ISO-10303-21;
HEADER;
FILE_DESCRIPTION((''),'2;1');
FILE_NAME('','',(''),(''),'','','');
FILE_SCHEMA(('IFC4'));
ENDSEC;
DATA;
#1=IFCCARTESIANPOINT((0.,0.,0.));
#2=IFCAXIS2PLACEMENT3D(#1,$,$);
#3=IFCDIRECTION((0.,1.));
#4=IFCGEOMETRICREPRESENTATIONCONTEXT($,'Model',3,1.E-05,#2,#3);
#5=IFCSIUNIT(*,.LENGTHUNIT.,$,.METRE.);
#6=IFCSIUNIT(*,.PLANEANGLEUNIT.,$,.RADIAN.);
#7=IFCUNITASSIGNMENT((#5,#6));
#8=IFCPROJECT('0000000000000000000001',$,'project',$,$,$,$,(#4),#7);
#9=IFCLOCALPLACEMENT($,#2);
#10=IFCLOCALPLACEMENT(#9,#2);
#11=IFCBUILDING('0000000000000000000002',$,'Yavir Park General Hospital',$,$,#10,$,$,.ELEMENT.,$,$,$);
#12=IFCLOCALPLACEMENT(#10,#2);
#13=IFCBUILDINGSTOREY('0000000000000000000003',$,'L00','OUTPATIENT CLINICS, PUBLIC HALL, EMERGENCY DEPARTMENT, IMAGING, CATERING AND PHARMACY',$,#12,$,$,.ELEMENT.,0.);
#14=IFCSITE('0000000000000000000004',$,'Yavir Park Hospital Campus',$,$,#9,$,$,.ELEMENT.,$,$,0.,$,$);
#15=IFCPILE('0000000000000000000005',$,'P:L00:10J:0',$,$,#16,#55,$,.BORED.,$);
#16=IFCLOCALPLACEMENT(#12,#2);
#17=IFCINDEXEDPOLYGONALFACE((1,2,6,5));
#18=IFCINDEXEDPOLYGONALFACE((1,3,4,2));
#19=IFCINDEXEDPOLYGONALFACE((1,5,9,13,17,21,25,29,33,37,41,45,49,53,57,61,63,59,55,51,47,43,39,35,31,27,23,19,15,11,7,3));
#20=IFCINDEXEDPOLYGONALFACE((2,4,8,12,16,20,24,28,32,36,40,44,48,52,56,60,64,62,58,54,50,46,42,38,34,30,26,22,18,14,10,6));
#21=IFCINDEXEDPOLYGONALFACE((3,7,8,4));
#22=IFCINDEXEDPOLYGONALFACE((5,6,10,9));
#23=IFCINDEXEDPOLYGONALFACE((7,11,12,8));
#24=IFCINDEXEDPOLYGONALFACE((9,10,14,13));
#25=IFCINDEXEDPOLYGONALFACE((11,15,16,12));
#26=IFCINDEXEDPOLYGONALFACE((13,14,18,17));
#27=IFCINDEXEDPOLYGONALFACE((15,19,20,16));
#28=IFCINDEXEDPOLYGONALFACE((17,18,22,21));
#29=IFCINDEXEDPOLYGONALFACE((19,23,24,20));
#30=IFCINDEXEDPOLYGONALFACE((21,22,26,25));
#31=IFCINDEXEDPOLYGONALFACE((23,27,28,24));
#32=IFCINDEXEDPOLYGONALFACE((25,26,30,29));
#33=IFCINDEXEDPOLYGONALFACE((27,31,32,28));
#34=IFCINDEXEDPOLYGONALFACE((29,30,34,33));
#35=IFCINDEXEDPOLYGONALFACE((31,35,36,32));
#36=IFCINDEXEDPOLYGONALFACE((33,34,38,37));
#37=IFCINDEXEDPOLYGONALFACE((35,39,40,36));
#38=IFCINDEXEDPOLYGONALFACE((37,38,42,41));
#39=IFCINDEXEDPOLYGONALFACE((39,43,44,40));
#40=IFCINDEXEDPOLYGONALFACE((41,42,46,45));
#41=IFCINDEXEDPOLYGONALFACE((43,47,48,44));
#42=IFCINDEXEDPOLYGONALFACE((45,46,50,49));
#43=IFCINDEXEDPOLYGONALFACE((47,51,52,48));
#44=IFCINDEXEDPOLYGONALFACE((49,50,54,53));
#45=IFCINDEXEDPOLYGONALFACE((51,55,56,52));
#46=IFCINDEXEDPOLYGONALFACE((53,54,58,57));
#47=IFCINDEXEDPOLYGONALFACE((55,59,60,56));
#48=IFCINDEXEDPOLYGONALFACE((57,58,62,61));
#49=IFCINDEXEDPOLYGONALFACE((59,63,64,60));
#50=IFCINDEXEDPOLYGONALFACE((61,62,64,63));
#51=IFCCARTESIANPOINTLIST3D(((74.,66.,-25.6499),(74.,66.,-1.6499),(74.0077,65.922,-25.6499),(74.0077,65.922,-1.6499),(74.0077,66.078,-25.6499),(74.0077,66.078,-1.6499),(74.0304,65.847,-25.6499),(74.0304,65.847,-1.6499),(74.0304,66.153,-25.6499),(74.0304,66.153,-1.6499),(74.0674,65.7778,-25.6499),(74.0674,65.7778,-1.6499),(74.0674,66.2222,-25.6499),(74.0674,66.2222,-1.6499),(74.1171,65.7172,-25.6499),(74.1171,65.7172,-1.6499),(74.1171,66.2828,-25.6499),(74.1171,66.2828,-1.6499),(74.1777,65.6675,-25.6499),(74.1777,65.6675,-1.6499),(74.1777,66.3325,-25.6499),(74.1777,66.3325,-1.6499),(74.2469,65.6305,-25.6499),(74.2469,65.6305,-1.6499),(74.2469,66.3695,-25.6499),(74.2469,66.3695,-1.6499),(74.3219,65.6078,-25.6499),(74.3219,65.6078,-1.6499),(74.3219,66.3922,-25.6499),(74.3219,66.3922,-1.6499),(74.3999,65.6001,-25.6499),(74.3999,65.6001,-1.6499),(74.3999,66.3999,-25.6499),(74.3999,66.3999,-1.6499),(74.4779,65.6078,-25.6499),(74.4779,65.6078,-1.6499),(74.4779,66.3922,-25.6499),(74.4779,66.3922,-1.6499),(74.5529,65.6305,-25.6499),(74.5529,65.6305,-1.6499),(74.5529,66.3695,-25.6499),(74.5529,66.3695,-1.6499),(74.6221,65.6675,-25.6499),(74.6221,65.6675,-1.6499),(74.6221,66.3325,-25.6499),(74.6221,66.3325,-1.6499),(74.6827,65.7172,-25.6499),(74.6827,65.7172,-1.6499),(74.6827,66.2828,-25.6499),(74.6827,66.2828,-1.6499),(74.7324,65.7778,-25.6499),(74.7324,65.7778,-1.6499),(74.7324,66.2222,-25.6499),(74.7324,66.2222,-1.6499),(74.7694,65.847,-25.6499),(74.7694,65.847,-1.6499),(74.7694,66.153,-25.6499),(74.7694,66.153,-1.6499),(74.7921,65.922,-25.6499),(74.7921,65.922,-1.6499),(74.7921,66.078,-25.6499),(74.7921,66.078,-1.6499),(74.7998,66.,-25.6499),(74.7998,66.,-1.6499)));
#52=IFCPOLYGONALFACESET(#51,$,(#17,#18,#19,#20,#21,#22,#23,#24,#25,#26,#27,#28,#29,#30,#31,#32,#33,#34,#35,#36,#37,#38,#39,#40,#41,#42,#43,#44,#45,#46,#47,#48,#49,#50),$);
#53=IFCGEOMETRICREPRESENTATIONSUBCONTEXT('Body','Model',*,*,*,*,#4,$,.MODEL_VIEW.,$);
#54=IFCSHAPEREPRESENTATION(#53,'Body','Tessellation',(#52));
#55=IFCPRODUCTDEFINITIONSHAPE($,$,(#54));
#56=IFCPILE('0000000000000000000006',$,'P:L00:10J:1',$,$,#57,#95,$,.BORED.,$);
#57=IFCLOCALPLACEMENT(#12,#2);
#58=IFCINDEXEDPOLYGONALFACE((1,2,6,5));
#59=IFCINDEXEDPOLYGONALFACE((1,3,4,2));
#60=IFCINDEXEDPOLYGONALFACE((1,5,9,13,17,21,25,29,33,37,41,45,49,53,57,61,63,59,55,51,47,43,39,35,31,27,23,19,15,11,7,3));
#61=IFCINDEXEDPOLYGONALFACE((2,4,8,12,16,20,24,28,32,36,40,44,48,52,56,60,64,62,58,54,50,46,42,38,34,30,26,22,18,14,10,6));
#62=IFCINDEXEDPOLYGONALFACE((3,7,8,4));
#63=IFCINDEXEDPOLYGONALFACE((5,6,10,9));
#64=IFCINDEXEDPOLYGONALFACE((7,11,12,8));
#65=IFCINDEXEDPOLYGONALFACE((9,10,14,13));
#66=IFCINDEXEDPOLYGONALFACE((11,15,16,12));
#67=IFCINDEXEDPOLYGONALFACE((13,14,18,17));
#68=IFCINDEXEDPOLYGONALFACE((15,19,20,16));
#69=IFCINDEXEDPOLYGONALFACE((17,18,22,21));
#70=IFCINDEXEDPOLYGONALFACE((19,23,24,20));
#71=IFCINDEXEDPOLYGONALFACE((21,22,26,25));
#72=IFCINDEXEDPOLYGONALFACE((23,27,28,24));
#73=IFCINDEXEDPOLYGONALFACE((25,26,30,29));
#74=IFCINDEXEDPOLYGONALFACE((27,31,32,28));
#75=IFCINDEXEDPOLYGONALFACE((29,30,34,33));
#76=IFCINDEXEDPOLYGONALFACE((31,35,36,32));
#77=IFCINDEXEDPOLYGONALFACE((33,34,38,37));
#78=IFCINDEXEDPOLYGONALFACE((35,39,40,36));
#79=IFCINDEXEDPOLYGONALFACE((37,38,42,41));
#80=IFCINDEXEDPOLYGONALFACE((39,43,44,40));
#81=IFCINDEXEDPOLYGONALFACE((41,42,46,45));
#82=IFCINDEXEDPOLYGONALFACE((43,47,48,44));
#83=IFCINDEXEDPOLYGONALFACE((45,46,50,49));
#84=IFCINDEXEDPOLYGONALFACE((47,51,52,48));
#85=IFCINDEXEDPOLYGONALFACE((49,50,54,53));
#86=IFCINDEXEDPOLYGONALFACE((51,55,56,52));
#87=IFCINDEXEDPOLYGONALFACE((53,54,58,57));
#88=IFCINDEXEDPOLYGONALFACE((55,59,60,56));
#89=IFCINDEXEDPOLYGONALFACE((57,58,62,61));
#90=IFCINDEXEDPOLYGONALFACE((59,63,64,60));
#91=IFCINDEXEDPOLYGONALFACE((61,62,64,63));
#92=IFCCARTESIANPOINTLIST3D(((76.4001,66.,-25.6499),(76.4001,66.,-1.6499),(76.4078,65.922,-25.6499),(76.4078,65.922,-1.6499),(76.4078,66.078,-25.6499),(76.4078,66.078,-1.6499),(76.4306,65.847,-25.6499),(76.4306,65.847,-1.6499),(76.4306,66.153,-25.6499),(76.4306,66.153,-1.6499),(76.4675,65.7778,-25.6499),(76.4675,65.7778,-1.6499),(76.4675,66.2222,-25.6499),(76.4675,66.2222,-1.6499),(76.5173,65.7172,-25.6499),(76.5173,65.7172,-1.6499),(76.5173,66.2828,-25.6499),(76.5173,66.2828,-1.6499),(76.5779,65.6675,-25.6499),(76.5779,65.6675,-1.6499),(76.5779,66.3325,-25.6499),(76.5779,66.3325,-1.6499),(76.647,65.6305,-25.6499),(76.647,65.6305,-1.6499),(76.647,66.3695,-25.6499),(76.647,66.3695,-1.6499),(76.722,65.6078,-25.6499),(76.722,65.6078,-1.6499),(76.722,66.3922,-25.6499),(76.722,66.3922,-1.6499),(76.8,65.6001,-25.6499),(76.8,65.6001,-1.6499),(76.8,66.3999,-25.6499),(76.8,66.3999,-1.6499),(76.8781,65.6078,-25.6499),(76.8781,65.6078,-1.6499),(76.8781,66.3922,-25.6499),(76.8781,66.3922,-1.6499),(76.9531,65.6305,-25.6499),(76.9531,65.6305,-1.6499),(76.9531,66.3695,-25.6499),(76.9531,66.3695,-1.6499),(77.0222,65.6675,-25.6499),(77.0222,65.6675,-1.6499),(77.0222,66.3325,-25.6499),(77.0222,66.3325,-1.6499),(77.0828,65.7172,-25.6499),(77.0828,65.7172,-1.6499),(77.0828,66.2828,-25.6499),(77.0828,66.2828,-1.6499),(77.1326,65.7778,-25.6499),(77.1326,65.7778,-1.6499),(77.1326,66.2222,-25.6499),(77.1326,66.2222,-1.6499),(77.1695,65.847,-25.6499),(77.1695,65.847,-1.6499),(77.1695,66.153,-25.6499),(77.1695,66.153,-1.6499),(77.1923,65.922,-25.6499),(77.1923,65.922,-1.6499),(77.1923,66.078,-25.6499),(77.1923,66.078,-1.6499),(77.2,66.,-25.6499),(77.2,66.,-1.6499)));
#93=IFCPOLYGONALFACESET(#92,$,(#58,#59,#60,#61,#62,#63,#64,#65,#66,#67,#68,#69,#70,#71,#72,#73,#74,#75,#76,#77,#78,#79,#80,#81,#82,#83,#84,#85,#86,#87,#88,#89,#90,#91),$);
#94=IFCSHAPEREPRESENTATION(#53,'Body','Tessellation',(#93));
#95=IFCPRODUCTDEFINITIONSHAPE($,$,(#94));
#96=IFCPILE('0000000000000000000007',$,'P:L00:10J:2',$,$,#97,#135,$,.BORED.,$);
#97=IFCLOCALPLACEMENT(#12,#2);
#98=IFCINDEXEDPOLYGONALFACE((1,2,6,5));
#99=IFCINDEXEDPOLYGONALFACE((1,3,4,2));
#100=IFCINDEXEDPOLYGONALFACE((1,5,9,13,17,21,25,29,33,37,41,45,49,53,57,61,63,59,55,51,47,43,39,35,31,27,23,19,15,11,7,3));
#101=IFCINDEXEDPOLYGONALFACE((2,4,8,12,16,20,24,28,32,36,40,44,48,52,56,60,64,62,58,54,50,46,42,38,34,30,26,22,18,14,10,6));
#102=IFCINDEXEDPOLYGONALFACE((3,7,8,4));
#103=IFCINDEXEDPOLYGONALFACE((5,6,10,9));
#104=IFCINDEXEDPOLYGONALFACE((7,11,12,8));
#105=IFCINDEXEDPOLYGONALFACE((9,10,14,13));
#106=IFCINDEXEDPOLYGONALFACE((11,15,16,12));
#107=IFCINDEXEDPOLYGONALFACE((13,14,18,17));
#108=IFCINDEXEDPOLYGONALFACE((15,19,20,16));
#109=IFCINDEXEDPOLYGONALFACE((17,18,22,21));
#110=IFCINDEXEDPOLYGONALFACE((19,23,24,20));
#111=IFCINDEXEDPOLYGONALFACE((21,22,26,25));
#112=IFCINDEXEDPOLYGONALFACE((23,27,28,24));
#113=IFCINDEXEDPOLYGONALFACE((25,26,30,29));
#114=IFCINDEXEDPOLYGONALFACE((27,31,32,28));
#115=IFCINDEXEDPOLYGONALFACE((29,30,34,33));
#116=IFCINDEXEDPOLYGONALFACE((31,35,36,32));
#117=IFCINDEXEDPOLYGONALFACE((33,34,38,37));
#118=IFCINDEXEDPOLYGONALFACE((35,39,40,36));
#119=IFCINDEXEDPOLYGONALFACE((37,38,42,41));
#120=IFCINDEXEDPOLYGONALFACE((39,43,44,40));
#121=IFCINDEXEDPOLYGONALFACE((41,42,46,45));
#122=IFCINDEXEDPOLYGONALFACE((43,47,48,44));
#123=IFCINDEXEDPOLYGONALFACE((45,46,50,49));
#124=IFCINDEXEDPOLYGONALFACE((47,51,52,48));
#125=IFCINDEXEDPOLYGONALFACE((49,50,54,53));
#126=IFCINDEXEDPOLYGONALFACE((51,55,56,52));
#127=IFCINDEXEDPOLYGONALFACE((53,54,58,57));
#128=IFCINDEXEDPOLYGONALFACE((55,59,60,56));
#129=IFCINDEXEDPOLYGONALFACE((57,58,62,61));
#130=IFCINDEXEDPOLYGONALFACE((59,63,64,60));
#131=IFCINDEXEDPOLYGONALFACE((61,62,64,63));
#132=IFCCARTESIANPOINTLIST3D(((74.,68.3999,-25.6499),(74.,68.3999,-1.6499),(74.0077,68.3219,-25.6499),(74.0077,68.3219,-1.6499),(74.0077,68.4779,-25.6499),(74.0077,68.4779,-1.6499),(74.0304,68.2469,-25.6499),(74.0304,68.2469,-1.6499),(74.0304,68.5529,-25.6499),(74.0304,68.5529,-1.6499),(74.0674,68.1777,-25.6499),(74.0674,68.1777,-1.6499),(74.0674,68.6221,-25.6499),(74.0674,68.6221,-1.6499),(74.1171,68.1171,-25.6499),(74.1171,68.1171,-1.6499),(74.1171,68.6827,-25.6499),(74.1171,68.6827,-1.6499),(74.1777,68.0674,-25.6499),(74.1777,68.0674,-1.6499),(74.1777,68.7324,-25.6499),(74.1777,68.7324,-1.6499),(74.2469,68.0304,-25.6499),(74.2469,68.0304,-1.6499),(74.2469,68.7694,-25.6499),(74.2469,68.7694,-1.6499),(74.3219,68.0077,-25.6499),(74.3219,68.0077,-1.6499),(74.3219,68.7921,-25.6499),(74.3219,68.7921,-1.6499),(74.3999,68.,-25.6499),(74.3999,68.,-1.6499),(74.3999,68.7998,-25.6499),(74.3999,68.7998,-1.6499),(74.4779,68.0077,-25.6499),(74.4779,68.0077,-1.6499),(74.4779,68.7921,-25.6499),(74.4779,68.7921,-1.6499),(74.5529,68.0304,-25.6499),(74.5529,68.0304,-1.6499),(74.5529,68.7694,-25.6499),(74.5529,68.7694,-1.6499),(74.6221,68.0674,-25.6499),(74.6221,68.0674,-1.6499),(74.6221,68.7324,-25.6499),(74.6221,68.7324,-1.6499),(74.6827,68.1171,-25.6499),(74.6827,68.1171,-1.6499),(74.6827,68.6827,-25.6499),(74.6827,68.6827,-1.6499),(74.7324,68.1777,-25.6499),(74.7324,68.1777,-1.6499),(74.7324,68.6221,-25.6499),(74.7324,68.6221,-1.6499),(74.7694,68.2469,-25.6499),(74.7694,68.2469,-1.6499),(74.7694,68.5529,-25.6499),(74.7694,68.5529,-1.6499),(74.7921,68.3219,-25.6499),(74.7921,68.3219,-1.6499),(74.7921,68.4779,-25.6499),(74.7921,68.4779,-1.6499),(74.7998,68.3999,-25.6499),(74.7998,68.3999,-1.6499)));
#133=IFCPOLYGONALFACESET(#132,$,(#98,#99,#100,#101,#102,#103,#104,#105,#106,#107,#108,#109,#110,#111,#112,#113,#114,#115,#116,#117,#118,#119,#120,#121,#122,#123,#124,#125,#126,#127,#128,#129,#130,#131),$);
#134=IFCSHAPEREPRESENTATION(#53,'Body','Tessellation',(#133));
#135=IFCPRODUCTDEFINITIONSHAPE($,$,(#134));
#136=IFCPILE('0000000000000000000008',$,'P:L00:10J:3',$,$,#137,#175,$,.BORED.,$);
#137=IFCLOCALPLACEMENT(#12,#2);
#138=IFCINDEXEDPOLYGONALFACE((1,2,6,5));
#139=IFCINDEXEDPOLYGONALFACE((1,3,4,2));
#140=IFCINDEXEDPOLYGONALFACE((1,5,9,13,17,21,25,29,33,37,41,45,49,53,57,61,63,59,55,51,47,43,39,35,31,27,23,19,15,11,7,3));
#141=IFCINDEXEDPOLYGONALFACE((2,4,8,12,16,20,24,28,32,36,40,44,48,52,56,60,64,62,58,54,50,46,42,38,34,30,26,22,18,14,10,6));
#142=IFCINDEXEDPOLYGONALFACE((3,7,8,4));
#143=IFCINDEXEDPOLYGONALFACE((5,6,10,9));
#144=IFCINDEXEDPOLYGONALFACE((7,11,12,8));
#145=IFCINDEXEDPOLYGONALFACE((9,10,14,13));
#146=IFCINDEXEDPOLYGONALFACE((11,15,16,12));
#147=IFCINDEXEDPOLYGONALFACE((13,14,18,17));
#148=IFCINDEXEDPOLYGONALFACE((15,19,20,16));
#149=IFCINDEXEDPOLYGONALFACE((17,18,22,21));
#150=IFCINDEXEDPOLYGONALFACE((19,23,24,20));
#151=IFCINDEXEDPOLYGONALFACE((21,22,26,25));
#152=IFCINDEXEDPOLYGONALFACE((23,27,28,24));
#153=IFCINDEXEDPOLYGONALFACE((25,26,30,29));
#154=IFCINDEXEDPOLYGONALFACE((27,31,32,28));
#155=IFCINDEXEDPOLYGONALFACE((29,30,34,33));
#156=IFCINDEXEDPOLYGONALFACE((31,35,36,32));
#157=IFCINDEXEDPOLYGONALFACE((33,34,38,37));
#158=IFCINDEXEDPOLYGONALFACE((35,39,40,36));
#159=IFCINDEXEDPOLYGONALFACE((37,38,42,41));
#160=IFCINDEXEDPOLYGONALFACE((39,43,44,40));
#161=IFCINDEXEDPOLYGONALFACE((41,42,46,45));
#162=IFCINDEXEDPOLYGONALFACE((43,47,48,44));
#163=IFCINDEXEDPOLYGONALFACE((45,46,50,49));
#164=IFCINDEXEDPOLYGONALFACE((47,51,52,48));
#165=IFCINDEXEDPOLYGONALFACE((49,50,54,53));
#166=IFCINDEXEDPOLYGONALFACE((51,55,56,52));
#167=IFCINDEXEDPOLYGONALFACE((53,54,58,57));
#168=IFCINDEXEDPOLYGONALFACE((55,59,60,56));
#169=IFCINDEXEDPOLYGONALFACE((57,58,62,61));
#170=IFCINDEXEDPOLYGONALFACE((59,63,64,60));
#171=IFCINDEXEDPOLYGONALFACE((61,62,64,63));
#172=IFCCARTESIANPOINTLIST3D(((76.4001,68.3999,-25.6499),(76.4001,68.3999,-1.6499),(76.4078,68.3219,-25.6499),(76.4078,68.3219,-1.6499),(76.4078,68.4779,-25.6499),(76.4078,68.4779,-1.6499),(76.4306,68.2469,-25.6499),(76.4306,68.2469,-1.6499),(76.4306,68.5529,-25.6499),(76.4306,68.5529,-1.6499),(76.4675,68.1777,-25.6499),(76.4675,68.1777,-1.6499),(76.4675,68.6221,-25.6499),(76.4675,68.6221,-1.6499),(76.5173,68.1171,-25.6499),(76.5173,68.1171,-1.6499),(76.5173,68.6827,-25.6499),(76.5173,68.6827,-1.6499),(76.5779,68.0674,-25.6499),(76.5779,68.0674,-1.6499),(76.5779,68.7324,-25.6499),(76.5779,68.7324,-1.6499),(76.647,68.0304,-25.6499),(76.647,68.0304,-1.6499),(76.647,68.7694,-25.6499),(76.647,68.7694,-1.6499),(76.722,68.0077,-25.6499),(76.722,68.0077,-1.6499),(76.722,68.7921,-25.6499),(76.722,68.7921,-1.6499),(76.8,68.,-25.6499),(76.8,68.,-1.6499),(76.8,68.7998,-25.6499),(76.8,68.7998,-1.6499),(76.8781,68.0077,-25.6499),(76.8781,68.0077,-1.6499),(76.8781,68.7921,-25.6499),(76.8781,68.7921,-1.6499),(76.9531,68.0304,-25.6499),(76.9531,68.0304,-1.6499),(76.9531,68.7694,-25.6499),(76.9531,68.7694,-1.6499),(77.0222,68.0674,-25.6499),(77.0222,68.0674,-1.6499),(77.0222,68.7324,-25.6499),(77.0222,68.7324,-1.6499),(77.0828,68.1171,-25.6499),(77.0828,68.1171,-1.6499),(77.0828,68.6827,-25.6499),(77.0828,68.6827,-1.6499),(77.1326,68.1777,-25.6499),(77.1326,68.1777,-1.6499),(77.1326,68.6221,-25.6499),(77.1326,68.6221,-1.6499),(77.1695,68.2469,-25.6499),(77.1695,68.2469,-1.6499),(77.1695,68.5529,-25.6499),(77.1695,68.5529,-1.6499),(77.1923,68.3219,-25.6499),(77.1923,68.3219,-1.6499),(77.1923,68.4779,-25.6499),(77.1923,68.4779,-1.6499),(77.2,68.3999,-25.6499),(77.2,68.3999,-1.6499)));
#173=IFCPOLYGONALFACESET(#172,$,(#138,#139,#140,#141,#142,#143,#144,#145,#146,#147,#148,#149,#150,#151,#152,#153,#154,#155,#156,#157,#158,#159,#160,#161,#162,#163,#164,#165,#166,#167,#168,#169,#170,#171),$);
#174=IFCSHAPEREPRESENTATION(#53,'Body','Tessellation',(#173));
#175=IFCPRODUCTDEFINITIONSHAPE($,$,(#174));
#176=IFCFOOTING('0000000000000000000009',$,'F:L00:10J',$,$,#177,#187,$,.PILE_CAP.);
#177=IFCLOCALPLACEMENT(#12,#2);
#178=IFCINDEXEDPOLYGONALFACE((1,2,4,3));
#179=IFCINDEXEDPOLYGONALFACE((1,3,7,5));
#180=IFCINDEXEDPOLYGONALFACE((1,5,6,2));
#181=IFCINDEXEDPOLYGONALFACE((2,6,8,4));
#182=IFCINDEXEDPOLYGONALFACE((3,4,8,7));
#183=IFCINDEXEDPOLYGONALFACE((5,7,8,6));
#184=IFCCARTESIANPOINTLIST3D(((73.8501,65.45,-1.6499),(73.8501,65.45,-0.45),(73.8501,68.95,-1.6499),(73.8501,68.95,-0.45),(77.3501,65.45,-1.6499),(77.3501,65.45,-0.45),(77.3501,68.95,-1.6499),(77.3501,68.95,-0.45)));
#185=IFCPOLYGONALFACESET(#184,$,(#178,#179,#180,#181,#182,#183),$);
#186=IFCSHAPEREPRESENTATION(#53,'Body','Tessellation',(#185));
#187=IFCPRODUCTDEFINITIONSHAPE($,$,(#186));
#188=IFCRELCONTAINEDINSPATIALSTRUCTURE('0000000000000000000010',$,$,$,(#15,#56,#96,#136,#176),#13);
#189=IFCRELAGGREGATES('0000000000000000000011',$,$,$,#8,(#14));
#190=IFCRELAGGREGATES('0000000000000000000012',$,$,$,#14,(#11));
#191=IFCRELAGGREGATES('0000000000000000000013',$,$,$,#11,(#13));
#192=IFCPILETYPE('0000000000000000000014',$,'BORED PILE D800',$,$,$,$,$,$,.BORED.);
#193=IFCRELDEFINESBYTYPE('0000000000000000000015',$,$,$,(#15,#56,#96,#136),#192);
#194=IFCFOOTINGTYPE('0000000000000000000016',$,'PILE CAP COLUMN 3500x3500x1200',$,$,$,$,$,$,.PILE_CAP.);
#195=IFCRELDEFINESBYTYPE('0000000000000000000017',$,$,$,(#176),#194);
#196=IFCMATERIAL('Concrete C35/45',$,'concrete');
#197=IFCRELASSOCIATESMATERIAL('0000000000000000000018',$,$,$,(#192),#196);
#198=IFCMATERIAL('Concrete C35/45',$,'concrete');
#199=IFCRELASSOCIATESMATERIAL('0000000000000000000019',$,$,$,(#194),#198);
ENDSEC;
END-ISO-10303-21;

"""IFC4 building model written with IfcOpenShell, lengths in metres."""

from ifc_helpers import new_model, si_unit, direction, frame, origin, origin_2d, place, context, subcontext, project, spatial, rectangle, circle, extrude, material, material_profile, profile_set, type_object, element, save


model = new_model("IFC4")

# Units and contexts
model_context = context("Model", 3, precision=1e-05, world=origin(), true_north=direction((0.0, 1.0)))
body_context = subcontext(model_context, "Body", "Model", "MODEL_VIEW")
ifc_project = project(units=[si_unit("LENGTHUNIT", "METRE"), si_unit("PLANEANGLEUNIT", "RADIAN")], contexts=[model_context])

# Site, building, storey
site_placement = place(None, origin())
site = spatial("IfcSite", under=ifc_project, at=site_placement, Name="Yavir Park Hospital Campus", CompositionType="ELEMENT", RefElevation=0.0)
building_placement = place(site_placement, origin())
building = spatial("IfcBuilding", under=site, at=building_placement, Name="Yavir Park General Hospital", CompositionType="ELEMENT")
storey_placement = place(building_placement, origin())
storey = spatial("IfcBuildingStorey", under=building, at=storey_placement, Name="L00", Description="OUTPATIENT CLINICS, PUBLIC HALL, EMERGENCY DEPARTMENT, IMAGING, CATERING AND PHARMACY", CompositionType="ELEMENT", Elevation=0.0)

# Piles
ifc_material_1 = material(Name="Concrete C35/45", Category="concrete")
ifc_material_profile_1 = material_profile(ifc_material_1, circle(Radius=0.3999, at=origin_2d()), Name="D800")
ifc_profile_set_1 = profile_set([ifc_material_profile_1], Name="Concrete C35/45")
pile_type = type_object("IfcPileType", Name="BORED PILE D800", PredefinedType="BORED", material=ifc_profile_set_1)
for number, where, z_axis, x_axis, name in (
    (1, (74.3999, 66.0, -1.6499), (0.0, 0.0, -1.0), (1.0, 0.0, 0.0), "P:L00:10J:0"),
    (2, (76.8, 66.0, -1.6499), (0.0, 0.0, -1.0), (1.0, 0.0, 0.0), "P:L00:10J:1"),
    (3, (74.3999, 68.3999, -1.6499), (0.0, 0.0, -1.0), (1.0, 0.0, 0.0), "P:L00:10J:2"),
    (4, (76.8, 68.3999, -1.6499), (0.0, 0.0, -1.0), (1.0, 0.0, 0.0), "P:L00:10J:3"),
):
    element("IfcPile", number, at=place(storey_placement, frame(where, z_axis=z_axis, x_axis=x_axis)), inside=storey, type_object=pile_type, Name=name, PredefinedType="BORED", context=body_context, shape_type="SweptSolid", body=[
        extrude(circle(Radius=0.3999, at=origin_2d()), origin(), (0.0, 0.0, 1.0), 24.0),
    ])

# Footing
ifc_material_2 = material(Name="Concrete C35/45", Category="concrete")
footing_type = type_object("IfcFootingType", Name="PILE CAP COLUMN 3500x3500x1200", PredefinedType="PILE_CAP", material=ifc_material_2)
footing_placement = place(storey_placement, frame((75.6001, 67.2, -1.6499), z_axis=(0.0, 0.0, 1.0), x_axis=(1.0, 0.0, 0.0)))
element("IfcFooting", 5, at=footing_placement, inside=storey, type_object=footing_type, Name="F:L00:10J", PredefinedType="PILE_CAP", context=body_context, shape_type="SweptSolid", body=[
    extrude(rectangle(XDim=3.5, YDim=3.5, at=origin_2d()), origin(), (0.0, 0.0, 1.0), 1.2),
])

save(model, "model.ifc")
